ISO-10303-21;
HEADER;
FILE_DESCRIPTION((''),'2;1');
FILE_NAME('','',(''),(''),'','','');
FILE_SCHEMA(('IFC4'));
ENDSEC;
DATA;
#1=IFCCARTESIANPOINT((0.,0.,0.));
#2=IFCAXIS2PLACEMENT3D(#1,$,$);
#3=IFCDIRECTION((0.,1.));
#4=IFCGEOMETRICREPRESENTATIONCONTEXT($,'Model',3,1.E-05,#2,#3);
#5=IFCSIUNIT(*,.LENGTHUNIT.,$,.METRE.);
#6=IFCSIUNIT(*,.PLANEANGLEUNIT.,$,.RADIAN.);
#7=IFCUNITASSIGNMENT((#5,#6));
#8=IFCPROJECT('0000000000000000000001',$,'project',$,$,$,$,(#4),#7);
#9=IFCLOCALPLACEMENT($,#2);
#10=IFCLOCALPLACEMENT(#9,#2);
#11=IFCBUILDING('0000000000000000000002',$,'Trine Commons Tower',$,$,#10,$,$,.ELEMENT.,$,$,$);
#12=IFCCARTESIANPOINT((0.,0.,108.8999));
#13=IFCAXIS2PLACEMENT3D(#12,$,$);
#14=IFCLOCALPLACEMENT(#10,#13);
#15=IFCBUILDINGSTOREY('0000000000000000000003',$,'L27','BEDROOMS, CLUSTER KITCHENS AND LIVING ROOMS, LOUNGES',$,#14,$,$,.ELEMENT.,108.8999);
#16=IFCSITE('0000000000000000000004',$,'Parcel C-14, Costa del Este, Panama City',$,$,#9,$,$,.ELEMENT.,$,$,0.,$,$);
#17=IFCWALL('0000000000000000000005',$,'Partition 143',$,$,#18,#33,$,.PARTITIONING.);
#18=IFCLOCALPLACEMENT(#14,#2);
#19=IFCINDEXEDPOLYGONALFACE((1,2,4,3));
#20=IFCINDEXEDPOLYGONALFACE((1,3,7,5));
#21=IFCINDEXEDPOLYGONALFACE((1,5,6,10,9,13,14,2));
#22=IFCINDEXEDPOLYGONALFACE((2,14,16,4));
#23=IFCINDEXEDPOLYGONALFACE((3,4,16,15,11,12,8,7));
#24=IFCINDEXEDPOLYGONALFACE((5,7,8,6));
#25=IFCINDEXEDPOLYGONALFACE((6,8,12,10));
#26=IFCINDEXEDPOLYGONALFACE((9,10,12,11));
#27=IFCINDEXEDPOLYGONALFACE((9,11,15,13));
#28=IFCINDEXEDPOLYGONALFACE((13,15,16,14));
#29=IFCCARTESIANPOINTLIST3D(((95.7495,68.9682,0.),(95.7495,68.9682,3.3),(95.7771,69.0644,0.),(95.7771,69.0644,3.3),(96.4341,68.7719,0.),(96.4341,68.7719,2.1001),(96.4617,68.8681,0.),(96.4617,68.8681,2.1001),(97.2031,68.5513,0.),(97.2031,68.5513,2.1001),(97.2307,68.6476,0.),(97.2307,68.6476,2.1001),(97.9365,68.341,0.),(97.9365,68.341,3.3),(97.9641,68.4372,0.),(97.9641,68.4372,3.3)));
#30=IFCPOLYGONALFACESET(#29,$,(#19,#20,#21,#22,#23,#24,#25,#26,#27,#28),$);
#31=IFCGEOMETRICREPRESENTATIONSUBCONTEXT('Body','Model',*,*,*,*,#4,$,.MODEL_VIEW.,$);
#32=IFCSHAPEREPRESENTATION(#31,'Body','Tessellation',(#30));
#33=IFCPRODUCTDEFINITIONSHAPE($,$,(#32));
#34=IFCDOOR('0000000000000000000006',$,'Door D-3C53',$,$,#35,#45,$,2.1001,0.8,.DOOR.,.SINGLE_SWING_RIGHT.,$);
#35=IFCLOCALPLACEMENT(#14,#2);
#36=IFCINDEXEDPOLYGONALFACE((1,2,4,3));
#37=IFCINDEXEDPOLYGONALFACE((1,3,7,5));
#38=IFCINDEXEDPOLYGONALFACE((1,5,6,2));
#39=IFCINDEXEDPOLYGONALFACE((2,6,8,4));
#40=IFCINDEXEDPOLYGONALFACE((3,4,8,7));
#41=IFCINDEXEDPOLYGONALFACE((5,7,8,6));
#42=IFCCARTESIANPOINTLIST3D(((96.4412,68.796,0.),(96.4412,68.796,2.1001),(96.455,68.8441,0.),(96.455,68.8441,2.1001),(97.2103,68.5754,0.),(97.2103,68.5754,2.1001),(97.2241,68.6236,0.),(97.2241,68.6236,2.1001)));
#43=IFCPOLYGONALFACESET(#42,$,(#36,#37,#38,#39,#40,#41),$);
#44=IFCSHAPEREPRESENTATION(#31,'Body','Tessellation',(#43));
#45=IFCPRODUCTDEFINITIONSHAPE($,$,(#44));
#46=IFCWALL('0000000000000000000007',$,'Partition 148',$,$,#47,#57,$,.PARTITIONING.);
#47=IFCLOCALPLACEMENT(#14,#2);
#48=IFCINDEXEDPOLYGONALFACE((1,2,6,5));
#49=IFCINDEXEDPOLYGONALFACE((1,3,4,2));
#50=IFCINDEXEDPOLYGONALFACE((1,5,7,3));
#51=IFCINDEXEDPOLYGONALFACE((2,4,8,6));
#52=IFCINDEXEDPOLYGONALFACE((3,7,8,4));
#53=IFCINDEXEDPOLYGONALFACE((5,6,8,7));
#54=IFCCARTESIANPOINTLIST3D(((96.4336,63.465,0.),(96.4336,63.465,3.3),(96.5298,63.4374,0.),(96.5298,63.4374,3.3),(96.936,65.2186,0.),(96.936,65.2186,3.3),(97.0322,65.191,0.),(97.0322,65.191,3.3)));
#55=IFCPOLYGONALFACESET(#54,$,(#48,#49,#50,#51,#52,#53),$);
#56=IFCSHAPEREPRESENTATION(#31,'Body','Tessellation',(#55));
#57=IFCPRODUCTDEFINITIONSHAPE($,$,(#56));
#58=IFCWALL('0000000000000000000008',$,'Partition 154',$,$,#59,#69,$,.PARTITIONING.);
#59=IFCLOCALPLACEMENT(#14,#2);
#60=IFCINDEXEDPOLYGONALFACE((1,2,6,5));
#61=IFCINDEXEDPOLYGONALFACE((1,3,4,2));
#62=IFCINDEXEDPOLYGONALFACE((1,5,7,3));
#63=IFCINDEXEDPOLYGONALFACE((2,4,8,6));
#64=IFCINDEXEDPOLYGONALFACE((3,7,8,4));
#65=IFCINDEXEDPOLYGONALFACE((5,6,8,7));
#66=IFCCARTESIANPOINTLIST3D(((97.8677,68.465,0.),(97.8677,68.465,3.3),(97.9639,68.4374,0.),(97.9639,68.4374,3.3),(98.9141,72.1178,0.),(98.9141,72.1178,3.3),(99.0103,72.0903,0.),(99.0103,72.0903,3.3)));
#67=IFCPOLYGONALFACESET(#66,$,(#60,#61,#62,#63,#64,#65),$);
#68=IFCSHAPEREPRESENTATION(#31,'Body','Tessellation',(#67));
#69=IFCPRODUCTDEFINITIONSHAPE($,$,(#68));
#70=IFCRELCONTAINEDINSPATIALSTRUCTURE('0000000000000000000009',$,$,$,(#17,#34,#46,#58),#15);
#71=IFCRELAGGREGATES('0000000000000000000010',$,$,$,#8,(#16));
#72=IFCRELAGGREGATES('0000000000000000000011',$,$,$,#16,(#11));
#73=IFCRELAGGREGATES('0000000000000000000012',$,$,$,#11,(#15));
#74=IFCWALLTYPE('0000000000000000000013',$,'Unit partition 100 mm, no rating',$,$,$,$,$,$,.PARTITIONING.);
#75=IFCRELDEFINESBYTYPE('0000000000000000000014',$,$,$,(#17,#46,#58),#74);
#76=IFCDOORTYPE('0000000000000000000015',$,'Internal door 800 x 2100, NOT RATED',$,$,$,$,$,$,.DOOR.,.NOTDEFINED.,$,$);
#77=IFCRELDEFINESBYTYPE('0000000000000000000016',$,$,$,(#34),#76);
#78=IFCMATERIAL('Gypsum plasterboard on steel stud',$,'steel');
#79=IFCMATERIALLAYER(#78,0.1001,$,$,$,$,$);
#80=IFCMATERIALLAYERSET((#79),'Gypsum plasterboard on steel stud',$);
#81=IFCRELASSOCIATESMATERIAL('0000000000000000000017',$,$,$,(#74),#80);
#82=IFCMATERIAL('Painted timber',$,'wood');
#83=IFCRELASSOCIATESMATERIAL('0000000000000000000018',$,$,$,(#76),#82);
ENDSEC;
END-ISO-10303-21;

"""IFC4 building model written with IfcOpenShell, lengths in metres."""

from ifc_helpers import new_model, si_unit, direction, frame, frame_2d, origin, place, context, subcontext, project, spatial, rectangle, extrude, material, layer, layer_set, type_object, element, fill, save


model = new_model("IFC4")

# Units and contexts
model_context = context("Model", 3, precision=1e-05, world=origin(), true_north=direction((0.0, 1.0)))
body_context = subcontext(model_context, "Body", "Model", "MODEL_VIEW")
ifc_project = project(units=[si_unit("LENGTHUNIT", "METRE"), si_unit("PLANEANGLEUNIT", "RADIAN")], contexts=[model_context])

# Site, building, storey
site_placement = place(None, origin())
site = spatial("IfcSite", under=ifc_project, at=site_placement, Name="Parcel C-14, Costa del Este, Panama City", CompositionType="ELEMENT", RefElevation=0.0)
building_placement = place(site_placement, origin())
building = spatial("IfcBuilding", under=site, at=building_placement, Name="Trine Commons Tower", CompositionType="ELEMENT")
storey_placement = place(building_placement, frame((0.0, 0.0, 108.8999)))
storey = spatial("IfcBuildingStorey", under=building, at=storey_placement, Name="L27", Description="BEDROOMS, CLUSTER KITCHENS AND LIVING ROOMS, LOUNGES", CompositionType="ELEMENT", Elevation=108.8999)

# Shared definitions
ifc_material_1 = material(Name="Gypsum plasterboard on steel stud", Category="steel")

# Wall, opening, door
ifc_layer_1 = layer(ifc_material_1, 0.1001)
ifc_layer_set_1 = layer_set([ifc_layer_1], Name="Gypsum plasterboard on steel stud")
wall_type_1 = type_object("IfcWallType", Name="Unit partition 100 mm, no rating", PredefinedType="PARTITIONING", material=ifc_layer_set_1)
ifc_material_2 = material(Name="Painted timber", Category="wood")
door_type_1 = type_object("IfcDoorType", Name="Internal door 800 x 2100, NOT RATED", OperationType="NOTDEFINED", PredefinedType="DOOR", material=ifc_material_2)
wall_1_placement = place(storey_placement, frame((95.7632, 69.0164, 0.0), z_axis=(0.0, 0.0, 1.0), x_axis=(0.961252, -0.275671, 0.0)))
wall_1 = element("IfcWall", 1, at=wall_1_placement, inside=storey, type_object=wall_type_1, Name="Partition 143", PredefinedType="PARTITIONING", context=body_context, shape_type="SweptSolid", body=[
    extrude(rectangle(XDim=2.2751, YDim=0.1001, at=frame_2d((1.1377, 0.0))), origin(), (0.0, 0.0, 1.0), 3.3),
])
opening_1_placement = place(wall_1_placement, frame((0.7124, 0.0, 0.0)))
opening_1 = element("IfcOpeningElement", 2, at=opening_1_placement, cuts=wall_1, PredefinedType="OPENING", context=body_context, shape_type="SweptSolid", body=[
    extrude(rectangle(XDim=0.8, YDim=2.1001, at=frame_2d((0.3999, 1.05))), frame((0.0, 0.0601, 0.0), z_axis=(0.0, -1.0, 0.0), x_axis=(1.0, 0.0, 0.0)), (0.0, 0.0, 1.0), 0.1201),
])
door_1_placement = place(opening_1_placement, frame((0.8, 0.0, 0.0), z_axis=(0.0, 0.0, 1.0), x_axis=(-1.0, 0.0, 0.0)))
door_1 = element("IfcDoor", 3, at=door_1_placement, inside=storey, type_object=door_type_1, Name="Door D-3C53", OperationType="SINGLE_SWING_RIGHT", OverallHeight=2.1001, OverallWidth=0.8, PredefinedType="DOOR", context=body_context, shape_type="SweptSolid", body=[
    extrude(rectangle(XDim=0.8, YDim=2.1001, at=frame_2d((0.3999, 1.05))), frame((0.0, 0.0249, 0.0), z_axis=(0.0, -1.0, 0.0), x_axis=(1.0, 0.0, 0.0)), (0.0, 0.0, 1.0), 0.05),
])
fill(opening_1, door_1)

# Walls
wall_2_placement = place(storey_placement, frame((96.4817, 63.4512, 0.0), z_axis=(0.0, 0.0, 1.0), x_axis=(0.275428, 0.961322, 0.0)))
element("IfcWall", 4, at=wall_2_placement, inside=storey, type_object=wall_type_1, Name="Partition 148", PredefinedType="PARTITIONING", context=body_context, shape_type="SweptSolid", body=[
    extrude(rectangle(XDim=1.8242, YDim=0.1001, at=frame_2d((0.9121, 0.0))), origin(), (0.0, 0.0, 1.0), 3.3),
])
wall_3_placement = place(storey_placement, frame((97.9158, 68.4512, 0.0), z_axis=(0.0, 0.0, 1.0), x_axis=(0.275383, 0.961335, 0.0)))
element("IfcWall", 5, at=wall_3_placement, inside=storey, type_object=wall_type_1, Name="Partition 154", PredefinedType="PARTITIONING", context=body_context, shape_type="SweptSolid", body=[
    extrude(rectangle(XDim=3.7998, YDim=0.1001, at=frame_2d((1.8999, 0.0))), origin(), (0.0, 0.0, 1.0), 3.3),
])

save(model, "model.ifc")
